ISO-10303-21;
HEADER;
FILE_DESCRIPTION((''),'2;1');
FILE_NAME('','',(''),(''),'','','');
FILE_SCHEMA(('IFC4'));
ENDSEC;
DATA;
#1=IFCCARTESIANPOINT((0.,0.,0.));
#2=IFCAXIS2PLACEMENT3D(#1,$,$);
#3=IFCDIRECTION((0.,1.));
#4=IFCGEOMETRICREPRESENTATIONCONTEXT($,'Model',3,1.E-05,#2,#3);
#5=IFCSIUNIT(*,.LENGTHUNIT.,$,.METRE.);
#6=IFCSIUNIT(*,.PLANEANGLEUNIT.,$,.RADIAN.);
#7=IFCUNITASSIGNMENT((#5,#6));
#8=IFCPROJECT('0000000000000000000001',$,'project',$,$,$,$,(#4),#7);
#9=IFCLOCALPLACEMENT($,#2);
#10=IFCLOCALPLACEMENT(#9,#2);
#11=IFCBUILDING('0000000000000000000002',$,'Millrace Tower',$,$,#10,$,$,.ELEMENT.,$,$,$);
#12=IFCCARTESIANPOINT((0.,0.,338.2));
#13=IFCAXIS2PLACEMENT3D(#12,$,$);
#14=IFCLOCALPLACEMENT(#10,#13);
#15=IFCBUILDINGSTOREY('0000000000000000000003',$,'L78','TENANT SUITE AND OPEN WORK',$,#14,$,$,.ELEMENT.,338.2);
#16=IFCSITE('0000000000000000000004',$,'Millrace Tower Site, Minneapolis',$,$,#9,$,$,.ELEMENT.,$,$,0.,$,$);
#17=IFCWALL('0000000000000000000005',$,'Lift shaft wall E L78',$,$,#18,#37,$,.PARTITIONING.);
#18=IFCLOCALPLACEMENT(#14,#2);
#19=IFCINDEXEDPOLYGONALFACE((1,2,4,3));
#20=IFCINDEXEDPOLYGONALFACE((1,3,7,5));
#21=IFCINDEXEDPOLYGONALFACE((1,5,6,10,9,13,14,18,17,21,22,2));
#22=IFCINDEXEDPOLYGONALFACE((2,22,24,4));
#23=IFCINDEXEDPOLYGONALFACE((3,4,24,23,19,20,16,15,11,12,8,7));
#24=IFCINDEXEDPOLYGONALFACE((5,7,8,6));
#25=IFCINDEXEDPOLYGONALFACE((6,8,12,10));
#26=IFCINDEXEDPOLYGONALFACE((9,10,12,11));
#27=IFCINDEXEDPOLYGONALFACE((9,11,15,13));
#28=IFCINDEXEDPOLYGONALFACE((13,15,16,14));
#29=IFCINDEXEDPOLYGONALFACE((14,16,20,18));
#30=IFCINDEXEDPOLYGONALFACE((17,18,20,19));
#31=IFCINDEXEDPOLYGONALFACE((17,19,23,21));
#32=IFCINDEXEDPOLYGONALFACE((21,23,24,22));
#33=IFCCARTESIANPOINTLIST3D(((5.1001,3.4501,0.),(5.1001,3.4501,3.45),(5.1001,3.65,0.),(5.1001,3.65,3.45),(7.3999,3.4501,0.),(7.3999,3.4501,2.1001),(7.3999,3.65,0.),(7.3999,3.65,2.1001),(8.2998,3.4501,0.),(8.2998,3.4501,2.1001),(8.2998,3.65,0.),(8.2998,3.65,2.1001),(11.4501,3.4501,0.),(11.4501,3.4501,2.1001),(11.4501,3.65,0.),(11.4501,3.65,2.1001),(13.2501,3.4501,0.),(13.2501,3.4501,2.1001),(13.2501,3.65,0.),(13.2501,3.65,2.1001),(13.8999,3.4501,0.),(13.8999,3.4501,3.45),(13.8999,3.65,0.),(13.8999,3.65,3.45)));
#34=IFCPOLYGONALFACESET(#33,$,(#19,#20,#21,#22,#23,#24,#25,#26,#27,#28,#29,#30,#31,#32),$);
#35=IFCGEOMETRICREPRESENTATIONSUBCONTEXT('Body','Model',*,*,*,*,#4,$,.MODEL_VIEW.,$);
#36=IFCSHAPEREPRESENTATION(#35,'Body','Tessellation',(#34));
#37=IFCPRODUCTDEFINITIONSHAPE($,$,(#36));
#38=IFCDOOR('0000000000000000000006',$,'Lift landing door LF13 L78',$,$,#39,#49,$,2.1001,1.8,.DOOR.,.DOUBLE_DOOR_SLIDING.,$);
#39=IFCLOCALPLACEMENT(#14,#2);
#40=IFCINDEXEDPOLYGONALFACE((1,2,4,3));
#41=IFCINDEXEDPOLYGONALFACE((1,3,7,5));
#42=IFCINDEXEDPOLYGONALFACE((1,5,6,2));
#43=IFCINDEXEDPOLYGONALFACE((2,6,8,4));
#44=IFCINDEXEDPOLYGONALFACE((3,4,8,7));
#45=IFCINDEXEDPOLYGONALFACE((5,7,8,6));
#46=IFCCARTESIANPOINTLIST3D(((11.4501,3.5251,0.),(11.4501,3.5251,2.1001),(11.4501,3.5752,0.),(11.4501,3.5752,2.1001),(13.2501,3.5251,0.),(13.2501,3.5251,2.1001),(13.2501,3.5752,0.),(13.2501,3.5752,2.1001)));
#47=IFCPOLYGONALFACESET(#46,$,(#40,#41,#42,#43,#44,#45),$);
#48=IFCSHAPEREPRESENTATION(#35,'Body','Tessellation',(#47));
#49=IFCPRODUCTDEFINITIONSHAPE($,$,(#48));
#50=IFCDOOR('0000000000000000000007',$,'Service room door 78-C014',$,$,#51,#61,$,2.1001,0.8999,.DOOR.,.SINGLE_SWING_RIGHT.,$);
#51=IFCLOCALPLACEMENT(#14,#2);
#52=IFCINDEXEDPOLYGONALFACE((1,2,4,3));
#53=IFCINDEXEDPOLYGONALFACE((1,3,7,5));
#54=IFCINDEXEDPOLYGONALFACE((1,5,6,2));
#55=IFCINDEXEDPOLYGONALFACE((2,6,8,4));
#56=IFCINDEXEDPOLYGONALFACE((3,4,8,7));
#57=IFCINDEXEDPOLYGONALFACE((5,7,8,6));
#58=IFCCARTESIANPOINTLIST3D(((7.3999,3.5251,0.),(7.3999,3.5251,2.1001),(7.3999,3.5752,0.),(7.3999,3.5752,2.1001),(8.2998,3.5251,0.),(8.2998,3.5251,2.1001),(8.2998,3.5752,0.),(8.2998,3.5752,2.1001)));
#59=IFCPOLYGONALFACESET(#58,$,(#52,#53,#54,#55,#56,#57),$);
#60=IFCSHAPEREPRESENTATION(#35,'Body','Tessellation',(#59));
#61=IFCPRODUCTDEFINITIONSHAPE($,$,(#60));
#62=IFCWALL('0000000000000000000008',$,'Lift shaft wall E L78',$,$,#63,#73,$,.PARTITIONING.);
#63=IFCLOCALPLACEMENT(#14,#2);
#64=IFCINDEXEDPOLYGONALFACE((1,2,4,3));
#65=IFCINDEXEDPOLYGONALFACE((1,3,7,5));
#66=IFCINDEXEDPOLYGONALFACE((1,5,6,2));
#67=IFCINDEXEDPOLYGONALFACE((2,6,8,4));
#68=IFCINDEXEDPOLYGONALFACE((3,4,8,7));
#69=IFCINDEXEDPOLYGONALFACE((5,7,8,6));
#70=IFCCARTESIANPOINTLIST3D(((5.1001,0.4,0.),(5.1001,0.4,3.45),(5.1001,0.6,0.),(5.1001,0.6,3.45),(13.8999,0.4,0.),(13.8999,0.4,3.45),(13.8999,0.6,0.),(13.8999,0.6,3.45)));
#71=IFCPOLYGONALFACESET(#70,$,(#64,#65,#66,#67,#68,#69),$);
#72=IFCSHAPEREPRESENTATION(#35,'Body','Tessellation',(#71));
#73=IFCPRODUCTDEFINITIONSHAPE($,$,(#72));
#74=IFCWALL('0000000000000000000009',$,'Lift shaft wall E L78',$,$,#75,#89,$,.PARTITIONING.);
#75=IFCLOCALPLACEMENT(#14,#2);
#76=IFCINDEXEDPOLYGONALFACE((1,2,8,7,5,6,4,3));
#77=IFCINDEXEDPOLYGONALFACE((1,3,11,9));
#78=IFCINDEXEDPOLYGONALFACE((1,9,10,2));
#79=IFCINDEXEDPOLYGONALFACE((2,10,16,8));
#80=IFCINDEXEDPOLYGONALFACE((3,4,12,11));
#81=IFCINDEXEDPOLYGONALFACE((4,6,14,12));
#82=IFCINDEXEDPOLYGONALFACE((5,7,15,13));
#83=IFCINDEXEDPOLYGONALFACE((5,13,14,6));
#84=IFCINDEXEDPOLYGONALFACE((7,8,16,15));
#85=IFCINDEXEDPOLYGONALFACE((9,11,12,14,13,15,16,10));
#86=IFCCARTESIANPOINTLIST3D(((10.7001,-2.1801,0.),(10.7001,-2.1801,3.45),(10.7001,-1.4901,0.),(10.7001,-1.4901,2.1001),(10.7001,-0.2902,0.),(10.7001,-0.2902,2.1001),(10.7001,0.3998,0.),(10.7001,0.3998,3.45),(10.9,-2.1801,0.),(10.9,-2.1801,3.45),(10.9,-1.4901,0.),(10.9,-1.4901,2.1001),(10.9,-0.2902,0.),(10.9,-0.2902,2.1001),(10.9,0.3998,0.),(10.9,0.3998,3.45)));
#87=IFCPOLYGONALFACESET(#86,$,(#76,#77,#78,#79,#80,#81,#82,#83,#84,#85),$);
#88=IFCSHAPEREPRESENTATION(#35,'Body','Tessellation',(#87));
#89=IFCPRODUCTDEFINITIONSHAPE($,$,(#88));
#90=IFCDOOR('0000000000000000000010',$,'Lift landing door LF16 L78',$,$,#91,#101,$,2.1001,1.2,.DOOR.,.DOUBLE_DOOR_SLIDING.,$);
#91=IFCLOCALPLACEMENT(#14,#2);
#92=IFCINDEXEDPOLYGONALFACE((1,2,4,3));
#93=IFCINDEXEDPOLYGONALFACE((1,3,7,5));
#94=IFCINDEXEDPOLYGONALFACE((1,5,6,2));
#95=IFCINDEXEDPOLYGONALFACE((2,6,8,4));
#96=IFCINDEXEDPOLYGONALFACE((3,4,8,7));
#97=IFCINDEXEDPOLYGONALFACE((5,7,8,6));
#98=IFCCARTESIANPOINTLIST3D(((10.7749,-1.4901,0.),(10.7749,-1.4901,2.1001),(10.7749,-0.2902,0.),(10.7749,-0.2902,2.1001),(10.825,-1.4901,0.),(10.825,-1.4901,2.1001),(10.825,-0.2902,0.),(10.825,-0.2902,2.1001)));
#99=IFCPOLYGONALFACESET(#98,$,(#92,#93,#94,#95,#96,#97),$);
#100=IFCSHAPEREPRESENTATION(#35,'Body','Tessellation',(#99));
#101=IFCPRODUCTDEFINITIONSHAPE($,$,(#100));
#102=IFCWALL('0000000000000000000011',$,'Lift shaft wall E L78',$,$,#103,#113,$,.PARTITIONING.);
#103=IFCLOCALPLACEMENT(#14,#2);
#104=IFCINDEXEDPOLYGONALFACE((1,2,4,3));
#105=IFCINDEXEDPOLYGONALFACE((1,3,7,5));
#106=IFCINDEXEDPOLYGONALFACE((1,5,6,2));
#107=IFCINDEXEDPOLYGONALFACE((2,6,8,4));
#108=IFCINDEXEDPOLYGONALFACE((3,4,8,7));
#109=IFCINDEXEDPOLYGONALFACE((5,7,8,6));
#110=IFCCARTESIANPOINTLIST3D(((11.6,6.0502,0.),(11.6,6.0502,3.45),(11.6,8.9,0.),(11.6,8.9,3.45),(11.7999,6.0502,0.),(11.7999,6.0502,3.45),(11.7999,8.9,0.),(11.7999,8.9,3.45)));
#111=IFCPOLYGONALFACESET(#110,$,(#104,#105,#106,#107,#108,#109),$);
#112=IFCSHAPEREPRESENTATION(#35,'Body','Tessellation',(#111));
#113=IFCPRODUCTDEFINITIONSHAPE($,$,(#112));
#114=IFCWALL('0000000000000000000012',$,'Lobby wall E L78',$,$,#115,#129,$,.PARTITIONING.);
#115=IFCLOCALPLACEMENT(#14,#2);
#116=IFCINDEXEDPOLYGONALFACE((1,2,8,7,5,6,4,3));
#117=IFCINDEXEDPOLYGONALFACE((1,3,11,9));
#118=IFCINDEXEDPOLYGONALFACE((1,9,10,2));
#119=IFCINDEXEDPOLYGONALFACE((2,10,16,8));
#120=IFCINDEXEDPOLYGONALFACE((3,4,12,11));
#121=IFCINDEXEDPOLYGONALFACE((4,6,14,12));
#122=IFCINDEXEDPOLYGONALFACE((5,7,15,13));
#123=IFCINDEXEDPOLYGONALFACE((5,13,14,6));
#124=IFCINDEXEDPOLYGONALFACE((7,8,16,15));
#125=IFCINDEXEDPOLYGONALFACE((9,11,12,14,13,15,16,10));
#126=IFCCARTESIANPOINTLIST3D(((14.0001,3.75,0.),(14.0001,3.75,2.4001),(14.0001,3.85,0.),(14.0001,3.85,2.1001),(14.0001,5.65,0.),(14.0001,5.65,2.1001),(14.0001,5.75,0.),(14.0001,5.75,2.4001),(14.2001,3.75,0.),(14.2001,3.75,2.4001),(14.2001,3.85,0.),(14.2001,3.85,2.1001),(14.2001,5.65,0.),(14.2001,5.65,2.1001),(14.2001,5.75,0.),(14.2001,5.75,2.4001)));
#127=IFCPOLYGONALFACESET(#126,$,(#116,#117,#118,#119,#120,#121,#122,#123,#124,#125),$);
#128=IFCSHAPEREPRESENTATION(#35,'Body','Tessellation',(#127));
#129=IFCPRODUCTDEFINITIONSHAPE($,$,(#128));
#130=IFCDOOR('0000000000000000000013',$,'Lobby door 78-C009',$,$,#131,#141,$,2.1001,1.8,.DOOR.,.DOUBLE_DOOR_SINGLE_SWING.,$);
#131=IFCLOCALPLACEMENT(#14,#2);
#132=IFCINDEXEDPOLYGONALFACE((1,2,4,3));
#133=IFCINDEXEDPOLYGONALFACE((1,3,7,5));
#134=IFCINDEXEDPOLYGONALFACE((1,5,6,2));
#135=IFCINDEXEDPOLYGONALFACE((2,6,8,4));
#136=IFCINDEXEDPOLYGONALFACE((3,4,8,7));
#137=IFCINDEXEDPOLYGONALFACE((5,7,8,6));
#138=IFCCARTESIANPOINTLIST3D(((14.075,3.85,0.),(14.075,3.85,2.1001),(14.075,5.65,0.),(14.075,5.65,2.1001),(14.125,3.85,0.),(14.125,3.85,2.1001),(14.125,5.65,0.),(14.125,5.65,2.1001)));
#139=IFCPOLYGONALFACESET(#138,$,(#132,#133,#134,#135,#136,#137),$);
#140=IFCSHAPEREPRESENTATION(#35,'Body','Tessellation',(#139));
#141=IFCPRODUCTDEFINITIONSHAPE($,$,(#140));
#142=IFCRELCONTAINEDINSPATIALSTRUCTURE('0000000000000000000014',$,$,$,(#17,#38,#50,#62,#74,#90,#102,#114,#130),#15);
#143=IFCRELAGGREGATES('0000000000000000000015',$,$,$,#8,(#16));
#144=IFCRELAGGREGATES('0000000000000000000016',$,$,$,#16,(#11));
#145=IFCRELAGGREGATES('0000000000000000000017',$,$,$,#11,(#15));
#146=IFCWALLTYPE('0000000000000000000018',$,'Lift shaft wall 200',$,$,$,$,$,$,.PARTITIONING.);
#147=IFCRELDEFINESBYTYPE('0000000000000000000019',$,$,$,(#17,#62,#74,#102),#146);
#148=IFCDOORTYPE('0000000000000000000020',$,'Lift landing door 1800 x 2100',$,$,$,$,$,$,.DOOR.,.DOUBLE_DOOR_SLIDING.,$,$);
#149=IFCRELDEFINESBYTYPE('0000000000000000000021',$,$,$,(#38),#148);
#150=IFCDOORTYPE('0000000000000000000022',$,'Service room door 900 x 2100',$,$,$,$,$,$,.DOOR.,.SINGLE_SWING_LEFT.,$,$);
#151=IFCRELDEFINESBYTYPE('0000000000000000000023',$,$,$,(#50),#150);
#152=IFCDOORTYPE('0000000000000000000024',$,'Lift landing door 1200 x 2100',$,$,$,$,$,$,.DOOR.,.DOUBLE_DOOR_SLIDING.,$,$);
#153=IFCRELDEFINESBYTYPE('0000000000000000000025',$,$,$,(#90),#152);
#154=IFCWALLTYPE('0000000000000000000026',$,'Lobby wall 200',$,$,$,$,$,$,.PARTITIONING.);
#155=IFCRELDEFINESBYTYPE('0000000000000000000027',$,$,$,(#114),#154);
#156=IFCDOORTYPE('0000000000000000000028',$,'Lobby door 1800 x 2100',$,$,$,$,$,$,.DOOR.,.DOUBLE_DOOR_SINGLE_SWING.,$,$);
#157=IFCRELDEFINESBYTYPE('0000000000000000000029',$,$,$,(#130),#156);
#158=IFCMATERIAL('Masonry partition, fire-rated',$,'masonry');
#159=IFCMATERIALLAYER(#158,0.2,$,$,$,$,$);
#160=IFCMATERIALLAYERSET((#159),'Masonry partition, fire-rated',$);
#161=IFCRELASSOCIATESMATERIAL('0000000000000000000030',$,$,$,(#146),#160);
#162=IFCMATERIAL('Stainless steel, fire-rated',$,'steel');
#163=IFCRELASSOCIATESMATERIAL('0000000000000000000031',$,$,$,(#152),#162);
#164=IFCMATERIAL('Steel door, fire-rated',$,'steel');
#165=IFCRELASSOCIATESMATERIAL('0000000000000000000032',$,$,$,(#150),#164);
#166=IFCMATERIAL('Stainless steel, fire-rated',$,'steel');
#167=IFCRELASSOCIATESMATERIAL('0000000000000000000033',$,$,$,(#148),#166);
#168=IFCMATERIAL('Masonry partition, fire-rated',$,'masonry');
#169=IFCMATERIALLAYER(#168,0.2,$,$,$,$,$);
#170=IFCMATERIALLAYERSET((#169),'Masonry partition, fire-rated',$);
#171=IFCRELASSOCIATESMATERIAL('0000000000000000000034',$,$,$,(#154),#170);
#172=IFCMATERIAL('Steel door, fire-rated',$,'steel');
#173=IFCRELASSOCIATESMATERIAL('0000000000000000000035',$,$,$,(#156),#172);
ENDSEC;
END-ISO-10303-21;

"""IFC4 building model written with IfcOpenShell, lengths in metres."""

from ifc_helpers import new_model, si_unit, direction, frame, frame_2d, origin, place, context, subcontext, project, spatial, rectangle, extrude, material, layer, layer_set, type_object, element, fill, save


model = new_model("IFC4")

# Units and contexts
model_context = context("Model", 3, precision=1e-05, world=origin(), true_north=direction((0.0, 1.0)))
body_context = subcontext(model_context, "Body", "Model", "MODEL_VIEW")
ifc_project = project(units=[si_unit("LENGTHUNIT", "METRE"), si_unit("PLANEANGLEUNIT", "RADIAN")], contexts=[model_context])

# Site, building, storey
site_placement = place(None, origin())
site = spatial("IfcSite", under=ifc_project, at=site_placement, Name="Millrace Tower Site, Minneapolis", CompositionType="ELEMENT", RefElevation=0.0)
building_placement = place(site_placement, origin())
building = spatial("IfcBuilding", under=site, at=building_placement, Name="Millrace Tower", CompositionType="ELEMENT")
storey_placement = place(building_placement, frame((0.0, 0.0, 338.2)))
storey = spatial("IfcBuildingStorey", under=building, at=storey_placement, Name="L78", Description="TENANT SUITE AND OPEN WORK", CompositionType="ELEMENT", Elevation=338.2)

# Wall, openings, doors
ifc_material_1 = material(Name="Masonry partition, fire-rated", Category="masonry")
ifc_layer_1 = layer(ifc_material_1, 0.2)
ifc_layer_set_1 = layer_set([ifc_layer_1], Name="Masonry partition, fire-rated")
wall_type_1 = type_object("IfcWallType", Name="Lift shaft wall 200", PredefinedType="PARTITIONING", material=ifc_layer_set_1)
ifc_material_2 = material(Name="Stainless steel, fire-rated", Category="steel")
door_type_1 = type_object("IfcDoorType", Name="Lift landing door 1200 x 2100", OperationType="DOUBLE_DOOR_SLIDING", PredefinedType="DOOR", material=ifc_material_2)
ifc_material_3 = material(Name="Steel door, fire-rated", Category="steel")
door_type_2 = type_object("IfcDoorType", Name="Service room door 900 x 2100", OperationType="SINGLE_SWING_LEFT", PredefinedType="DOOR", material=ifc_material_3)
wall_1_placement = place(storey_placement, frame((13.8999, 3.55, 0.0), z_axis=(0.0, 0.0, 1.0), x_axis=(-1.0, 0.0, 0.0)))
wall_1 = element("IfcWall", 1, at=wall_1_placement, inside=storey, type_object=wall_type_1, Name="Lift shaft wall E L78", PredefinedType="PARTITIONING", context=body_context, shape_type="SweptSolid", body=[
    extrude(rectangle(XDim=8.7998, YDim=0.2, at=frame_2d((4.3999, 0.0))), origin(), (0.0, 0.0, 1.0), 3.45),
])
opening_1_placement = place(wall_1_placement, frame((0.6499, 0.0, 0.0)))
opening_1 = element("IfcOpeningElement", 2, at=opening_1_placement, cuts=wall_1, PredefinedType="OPENING", context=body_context, shape_type="SweptSolid", body=[
    extrude(rectangle(XDim=1.8, YDim=2.1001, at=frame_2d((0.8999, 1.05))), frame((0.0, 0.1099, 0.0), z_axis=(0.0, -1.0, 0.0), x_axis=(1.0, 0.0, 0.0)), (0.0, 0.0, 1.0), 0.22),
])
opening_2_placement = place(wall_1_placement, frame((5.6001, 0.0, 0.0)))
opening_2 = element("IfcOpeningElement", 3, at=opening_2_placement, cuts=wall_1, PredefinedType="OPENING", context=body_context, shape_type="SweptSolid", body=[
    extrude(rectangle(XDim=0.8999, YDim=2.1001, at=frame_2d((0.45, 1.05))), frame((0.0, 0.1099, 0.0), z_axis=(0.0, -1.0, 0.0), x_axis=(1.0, 0.0, 0.0)), (0.0, 0.0, 1.0), 0.22),
])
ifc_material_4 = material(Name="Stainless steel, fire-rated", Category="steel")
door_type_3 = type_object("IfcDoorType", Name="Lift landing door 1800 x 2100", OperationType="DOUBLE_DOOR_SLIDING", PredefinedType="DOOR", material=ifc_material_4)
door_1_placement = place(opening_1_placement, origin())
door_1 = element("IfcDoor", 4, at=door_1_placement, inside=storey, type_object=door_type_3, Name="Lift landing door LF13 L78", OperationType="DOUBLE_DOOR_SLIDING", OverallHeight=2.1001, OverallWidth=1.8, PredefinedType="DOOR", context=body_context, shape_type="SweptSolid", body=[
    extrude(rectangle(XDim=1.8, YDim=2.1001, at=frame_2d((0.8999, 1.05))), frame((0.0, 0.0249, 0.0), z_axis=(0.0, -1.0, 0.0), x_axis=(1.0, 0.0, 0.0)), (0.0, 0.0, 1.0), 0.05),
])
fill(opening_1, door_1)
door_2_placement = place(opening_2_placement, origin())
door_2 = element("IfcDoor", 5, at=door_2_placement, inside=storey, type_object=door_type_2, Name="Service room door 78-C014", OperationType="SINGLE_SWING_RIGHT", OverallHeight=2.1001, OverallWidth=0.8999, PredefinedType="DOOR", context=body_context, shape_type="SweptSolid", body=[
    extrude(rectangle(XDim=0.8999, YDim=2.1001, at=frame_2d((0.45, 1.05))), frame((0.0, 0.0249, 0.0), z_axis=(0.0, -1.0, 0.0), x_axis=(1.0, 0.0, 0.0)), (0.0, 0.0, 1.0), 0.05),
])
fill(opening_2, door_2)

# Wall
wall_2_placement = place(storey_placement, frame((13.8999, 0.5, 0.0), z_axis=(0.0, 0.0, 1.0), x_axis=(-1.0, 0.0, 0.0)))
element("IfcWall", 6, at=wall_2_placement, inside=storey, type_object=wall_type_1, Name="Lift shaft wall E L78", PredefinedType="PARTITIONING", context=body_context, shape_type="SweptSolid", body=[
    extrude(rectangle(XDim=8.7998, YDim=0.2, at=frame_2d((4.3999, 0.0))), origin(), (0.0, 0.0, 1.0), 3.45),
])

# Wall, opening, door
wall_3_placement = place(storey_placement, frame((10.8, 0.3999, 0.0), z_axis=(0.0, 0.0, 1.0), x_axis=(0.0, -1.0, 0.0)))
wall_3 = element("IfcWall", 7, at=wall_3_placement, inside=storey, type_object=wall_type_1, Name="Lift shaft wall E L78", PredefinedType="PARTITIONING", context=body_context, shape_type="SweptSolid", body=[
    extrude(rectangle(XDim=2.5798, YDim=0.2, at=frame_2d((1.29, 0.0))), origin(), (0.0, 0.0, 1.0), 3.45),
])
opening_3_placement = place(wall_3_placement, frame((0.6899, 0.0, 0.0)))
opening_3 = element("IfcOpeningElement", 8, at=opening_3_placement, cuts=wall_3, PredefinedType="OPENING", context=body_context, shape_type="SweptSolid", body=[
    extrude(rectangle(XDim=1.2, YDim=2.1001, at=frame_2d((0.6001, 1.05))), frame((0.0, 0.1099, 0.0), z_axis=(0.0, -1.0, 0.0), x_axis=(1.0, 0.0, 0.0)), (0.0, 0.0, 1.0), 0.22),
])
door_3_placement = place(opening_3_placement, origin())
door_3 = element("IfcDoor", 9, at=door_3_placement, inside=storey, type_object=door_type_1, Name="Lift landing door LF16 L78", OperationType="DOUBLE_DOOR_SLIDING", OverallHeight=2.1001, OverallWidth=1.2, PredefinedType="DOOR", context=body_context, shape_type="SweptSolid", body=[
    extrude(rectangle(XDim=1.2, YDim=2.1001, at=frame_2d((0.6001, 1.05))), frame((0.0, 0.0249, 0.0), z_axis=(0.0, -1.0, 0.0), x_axis=(1.0, 0.0, 0.0)), (0.0, 0.0, 1.0), 0.05),
])
fill(opening_3, door_3)

# Wall
wall_4_placement = place(storey_placement, frame((11.7, 8.8999, 0.0), z_axis=(0.0, 0.0, 1.0), x_axis=(0.0, -1.0, 0.0)))
element("IfcWall", 10, at=wall_4_placement, inside=storey, type_object=wall_type_1, Name="Lift shaft wall E L78", PredefinedType="PARTITIONING", context=body_context, shape_type="SweptSolid", body=[
    extrude(rectangle(XDim=2.8499, YDim=0.2, at=frame_2d((1.4248, 0.0))), origin(), (0.0, 0.0, 1.0), 3.45),
])

# Wall, opening, door
ifc_material_5 = material(Name="Masonry partition, fire-rated", Category="masonry")
ifc_layer_2 = layer(ifc_material_5, 0.2)
ifc_layer_set_2 = layer_set([ifc_layer_2], Name="Masonry partition, fire-rated")
wall_type_2 = type_object("IfcWallType", Name="Lobby wall 200", PredefinedType="PARTITIONING", material=ifc_layer_set_2)
wall_5_placement = place(storey_placement, frame((14.1001, 5.75, 0.0), z_axis=(0.0, 0.0, 1.0), x_axis=(0.0, -1.0, 0.0)))
wall_5 = element("IfcWall", 11, at=wall_5_placement, inside=storey, type_object=wall_type_2, Name="Lobby wall E L78", PredefinedType="PARTITIONING", context=body_context, shape_type="SweptSolid", body=[
    extrude(rectangle(XDim=2.0, YDim=0.2, at=frame_2d((1.0, 0.0))), origin(), (0.0, 0.0, 1.0), 2.4001),
])
opening_4_placement = place(wall_5_placement, frame((0.1001, 0.0, 0.0)))
opening_4 = element("IfcOpeningElement", 12, at=opening_4_placement, cuts=wall_5, PredefinedType="OPENING", context=body_context, shape_type="SweptSolid", body=[
    extrude(rectangle(XDim=1.8, YDim=2.1001, at=frame_2d((0.8999, 1.05))), frame((0.0, 0.1099, 0.0), z_axis=(0.0, -1.0, 0.0), x_axis=(1.0, 0.0, 0.0)), (0.0, 0.0, 1.0), 0.22),
])
ifc_material_6 = material(Name="Steel door, fire-rated", Category="steel")
door_type_4 = type_object("IfcDoorType", Name="Lobby door 1800 x 2100", OperationType="DOUBLE_DOOR_SINGLE_SWING", PredefinedType="DOOR", material=ifc_material_6)
door_4_placement = place(opening_4_placement, origin())
door_4 = element("IfcDoor", 13, at=door_4_placement, inside=storey, type_object=door_type_4, Name="Lobby door 78-C009", OperationType="DOUBLE_DOOR_SINGLE_SWING", OverallHeight=2.1001, OverallWidth=1.8, PredefinedType="DOOR", context=body_context, shape_type="SweptSolid", body=[
    extrude(rectangle(XDim=1.8, YDim=2.1001, at=frame_2d((0.8999, 1.05))), frame((0.0, 0.0249, 0.0), z_axis=(0.0, -1.0, 0.0), x_axis=(1.0, 0.0, 0.0)), (0.0, 0.0, 1.0), 0.05),
])
fill(opening_4, door_4)

save(model, "model.ifc")
